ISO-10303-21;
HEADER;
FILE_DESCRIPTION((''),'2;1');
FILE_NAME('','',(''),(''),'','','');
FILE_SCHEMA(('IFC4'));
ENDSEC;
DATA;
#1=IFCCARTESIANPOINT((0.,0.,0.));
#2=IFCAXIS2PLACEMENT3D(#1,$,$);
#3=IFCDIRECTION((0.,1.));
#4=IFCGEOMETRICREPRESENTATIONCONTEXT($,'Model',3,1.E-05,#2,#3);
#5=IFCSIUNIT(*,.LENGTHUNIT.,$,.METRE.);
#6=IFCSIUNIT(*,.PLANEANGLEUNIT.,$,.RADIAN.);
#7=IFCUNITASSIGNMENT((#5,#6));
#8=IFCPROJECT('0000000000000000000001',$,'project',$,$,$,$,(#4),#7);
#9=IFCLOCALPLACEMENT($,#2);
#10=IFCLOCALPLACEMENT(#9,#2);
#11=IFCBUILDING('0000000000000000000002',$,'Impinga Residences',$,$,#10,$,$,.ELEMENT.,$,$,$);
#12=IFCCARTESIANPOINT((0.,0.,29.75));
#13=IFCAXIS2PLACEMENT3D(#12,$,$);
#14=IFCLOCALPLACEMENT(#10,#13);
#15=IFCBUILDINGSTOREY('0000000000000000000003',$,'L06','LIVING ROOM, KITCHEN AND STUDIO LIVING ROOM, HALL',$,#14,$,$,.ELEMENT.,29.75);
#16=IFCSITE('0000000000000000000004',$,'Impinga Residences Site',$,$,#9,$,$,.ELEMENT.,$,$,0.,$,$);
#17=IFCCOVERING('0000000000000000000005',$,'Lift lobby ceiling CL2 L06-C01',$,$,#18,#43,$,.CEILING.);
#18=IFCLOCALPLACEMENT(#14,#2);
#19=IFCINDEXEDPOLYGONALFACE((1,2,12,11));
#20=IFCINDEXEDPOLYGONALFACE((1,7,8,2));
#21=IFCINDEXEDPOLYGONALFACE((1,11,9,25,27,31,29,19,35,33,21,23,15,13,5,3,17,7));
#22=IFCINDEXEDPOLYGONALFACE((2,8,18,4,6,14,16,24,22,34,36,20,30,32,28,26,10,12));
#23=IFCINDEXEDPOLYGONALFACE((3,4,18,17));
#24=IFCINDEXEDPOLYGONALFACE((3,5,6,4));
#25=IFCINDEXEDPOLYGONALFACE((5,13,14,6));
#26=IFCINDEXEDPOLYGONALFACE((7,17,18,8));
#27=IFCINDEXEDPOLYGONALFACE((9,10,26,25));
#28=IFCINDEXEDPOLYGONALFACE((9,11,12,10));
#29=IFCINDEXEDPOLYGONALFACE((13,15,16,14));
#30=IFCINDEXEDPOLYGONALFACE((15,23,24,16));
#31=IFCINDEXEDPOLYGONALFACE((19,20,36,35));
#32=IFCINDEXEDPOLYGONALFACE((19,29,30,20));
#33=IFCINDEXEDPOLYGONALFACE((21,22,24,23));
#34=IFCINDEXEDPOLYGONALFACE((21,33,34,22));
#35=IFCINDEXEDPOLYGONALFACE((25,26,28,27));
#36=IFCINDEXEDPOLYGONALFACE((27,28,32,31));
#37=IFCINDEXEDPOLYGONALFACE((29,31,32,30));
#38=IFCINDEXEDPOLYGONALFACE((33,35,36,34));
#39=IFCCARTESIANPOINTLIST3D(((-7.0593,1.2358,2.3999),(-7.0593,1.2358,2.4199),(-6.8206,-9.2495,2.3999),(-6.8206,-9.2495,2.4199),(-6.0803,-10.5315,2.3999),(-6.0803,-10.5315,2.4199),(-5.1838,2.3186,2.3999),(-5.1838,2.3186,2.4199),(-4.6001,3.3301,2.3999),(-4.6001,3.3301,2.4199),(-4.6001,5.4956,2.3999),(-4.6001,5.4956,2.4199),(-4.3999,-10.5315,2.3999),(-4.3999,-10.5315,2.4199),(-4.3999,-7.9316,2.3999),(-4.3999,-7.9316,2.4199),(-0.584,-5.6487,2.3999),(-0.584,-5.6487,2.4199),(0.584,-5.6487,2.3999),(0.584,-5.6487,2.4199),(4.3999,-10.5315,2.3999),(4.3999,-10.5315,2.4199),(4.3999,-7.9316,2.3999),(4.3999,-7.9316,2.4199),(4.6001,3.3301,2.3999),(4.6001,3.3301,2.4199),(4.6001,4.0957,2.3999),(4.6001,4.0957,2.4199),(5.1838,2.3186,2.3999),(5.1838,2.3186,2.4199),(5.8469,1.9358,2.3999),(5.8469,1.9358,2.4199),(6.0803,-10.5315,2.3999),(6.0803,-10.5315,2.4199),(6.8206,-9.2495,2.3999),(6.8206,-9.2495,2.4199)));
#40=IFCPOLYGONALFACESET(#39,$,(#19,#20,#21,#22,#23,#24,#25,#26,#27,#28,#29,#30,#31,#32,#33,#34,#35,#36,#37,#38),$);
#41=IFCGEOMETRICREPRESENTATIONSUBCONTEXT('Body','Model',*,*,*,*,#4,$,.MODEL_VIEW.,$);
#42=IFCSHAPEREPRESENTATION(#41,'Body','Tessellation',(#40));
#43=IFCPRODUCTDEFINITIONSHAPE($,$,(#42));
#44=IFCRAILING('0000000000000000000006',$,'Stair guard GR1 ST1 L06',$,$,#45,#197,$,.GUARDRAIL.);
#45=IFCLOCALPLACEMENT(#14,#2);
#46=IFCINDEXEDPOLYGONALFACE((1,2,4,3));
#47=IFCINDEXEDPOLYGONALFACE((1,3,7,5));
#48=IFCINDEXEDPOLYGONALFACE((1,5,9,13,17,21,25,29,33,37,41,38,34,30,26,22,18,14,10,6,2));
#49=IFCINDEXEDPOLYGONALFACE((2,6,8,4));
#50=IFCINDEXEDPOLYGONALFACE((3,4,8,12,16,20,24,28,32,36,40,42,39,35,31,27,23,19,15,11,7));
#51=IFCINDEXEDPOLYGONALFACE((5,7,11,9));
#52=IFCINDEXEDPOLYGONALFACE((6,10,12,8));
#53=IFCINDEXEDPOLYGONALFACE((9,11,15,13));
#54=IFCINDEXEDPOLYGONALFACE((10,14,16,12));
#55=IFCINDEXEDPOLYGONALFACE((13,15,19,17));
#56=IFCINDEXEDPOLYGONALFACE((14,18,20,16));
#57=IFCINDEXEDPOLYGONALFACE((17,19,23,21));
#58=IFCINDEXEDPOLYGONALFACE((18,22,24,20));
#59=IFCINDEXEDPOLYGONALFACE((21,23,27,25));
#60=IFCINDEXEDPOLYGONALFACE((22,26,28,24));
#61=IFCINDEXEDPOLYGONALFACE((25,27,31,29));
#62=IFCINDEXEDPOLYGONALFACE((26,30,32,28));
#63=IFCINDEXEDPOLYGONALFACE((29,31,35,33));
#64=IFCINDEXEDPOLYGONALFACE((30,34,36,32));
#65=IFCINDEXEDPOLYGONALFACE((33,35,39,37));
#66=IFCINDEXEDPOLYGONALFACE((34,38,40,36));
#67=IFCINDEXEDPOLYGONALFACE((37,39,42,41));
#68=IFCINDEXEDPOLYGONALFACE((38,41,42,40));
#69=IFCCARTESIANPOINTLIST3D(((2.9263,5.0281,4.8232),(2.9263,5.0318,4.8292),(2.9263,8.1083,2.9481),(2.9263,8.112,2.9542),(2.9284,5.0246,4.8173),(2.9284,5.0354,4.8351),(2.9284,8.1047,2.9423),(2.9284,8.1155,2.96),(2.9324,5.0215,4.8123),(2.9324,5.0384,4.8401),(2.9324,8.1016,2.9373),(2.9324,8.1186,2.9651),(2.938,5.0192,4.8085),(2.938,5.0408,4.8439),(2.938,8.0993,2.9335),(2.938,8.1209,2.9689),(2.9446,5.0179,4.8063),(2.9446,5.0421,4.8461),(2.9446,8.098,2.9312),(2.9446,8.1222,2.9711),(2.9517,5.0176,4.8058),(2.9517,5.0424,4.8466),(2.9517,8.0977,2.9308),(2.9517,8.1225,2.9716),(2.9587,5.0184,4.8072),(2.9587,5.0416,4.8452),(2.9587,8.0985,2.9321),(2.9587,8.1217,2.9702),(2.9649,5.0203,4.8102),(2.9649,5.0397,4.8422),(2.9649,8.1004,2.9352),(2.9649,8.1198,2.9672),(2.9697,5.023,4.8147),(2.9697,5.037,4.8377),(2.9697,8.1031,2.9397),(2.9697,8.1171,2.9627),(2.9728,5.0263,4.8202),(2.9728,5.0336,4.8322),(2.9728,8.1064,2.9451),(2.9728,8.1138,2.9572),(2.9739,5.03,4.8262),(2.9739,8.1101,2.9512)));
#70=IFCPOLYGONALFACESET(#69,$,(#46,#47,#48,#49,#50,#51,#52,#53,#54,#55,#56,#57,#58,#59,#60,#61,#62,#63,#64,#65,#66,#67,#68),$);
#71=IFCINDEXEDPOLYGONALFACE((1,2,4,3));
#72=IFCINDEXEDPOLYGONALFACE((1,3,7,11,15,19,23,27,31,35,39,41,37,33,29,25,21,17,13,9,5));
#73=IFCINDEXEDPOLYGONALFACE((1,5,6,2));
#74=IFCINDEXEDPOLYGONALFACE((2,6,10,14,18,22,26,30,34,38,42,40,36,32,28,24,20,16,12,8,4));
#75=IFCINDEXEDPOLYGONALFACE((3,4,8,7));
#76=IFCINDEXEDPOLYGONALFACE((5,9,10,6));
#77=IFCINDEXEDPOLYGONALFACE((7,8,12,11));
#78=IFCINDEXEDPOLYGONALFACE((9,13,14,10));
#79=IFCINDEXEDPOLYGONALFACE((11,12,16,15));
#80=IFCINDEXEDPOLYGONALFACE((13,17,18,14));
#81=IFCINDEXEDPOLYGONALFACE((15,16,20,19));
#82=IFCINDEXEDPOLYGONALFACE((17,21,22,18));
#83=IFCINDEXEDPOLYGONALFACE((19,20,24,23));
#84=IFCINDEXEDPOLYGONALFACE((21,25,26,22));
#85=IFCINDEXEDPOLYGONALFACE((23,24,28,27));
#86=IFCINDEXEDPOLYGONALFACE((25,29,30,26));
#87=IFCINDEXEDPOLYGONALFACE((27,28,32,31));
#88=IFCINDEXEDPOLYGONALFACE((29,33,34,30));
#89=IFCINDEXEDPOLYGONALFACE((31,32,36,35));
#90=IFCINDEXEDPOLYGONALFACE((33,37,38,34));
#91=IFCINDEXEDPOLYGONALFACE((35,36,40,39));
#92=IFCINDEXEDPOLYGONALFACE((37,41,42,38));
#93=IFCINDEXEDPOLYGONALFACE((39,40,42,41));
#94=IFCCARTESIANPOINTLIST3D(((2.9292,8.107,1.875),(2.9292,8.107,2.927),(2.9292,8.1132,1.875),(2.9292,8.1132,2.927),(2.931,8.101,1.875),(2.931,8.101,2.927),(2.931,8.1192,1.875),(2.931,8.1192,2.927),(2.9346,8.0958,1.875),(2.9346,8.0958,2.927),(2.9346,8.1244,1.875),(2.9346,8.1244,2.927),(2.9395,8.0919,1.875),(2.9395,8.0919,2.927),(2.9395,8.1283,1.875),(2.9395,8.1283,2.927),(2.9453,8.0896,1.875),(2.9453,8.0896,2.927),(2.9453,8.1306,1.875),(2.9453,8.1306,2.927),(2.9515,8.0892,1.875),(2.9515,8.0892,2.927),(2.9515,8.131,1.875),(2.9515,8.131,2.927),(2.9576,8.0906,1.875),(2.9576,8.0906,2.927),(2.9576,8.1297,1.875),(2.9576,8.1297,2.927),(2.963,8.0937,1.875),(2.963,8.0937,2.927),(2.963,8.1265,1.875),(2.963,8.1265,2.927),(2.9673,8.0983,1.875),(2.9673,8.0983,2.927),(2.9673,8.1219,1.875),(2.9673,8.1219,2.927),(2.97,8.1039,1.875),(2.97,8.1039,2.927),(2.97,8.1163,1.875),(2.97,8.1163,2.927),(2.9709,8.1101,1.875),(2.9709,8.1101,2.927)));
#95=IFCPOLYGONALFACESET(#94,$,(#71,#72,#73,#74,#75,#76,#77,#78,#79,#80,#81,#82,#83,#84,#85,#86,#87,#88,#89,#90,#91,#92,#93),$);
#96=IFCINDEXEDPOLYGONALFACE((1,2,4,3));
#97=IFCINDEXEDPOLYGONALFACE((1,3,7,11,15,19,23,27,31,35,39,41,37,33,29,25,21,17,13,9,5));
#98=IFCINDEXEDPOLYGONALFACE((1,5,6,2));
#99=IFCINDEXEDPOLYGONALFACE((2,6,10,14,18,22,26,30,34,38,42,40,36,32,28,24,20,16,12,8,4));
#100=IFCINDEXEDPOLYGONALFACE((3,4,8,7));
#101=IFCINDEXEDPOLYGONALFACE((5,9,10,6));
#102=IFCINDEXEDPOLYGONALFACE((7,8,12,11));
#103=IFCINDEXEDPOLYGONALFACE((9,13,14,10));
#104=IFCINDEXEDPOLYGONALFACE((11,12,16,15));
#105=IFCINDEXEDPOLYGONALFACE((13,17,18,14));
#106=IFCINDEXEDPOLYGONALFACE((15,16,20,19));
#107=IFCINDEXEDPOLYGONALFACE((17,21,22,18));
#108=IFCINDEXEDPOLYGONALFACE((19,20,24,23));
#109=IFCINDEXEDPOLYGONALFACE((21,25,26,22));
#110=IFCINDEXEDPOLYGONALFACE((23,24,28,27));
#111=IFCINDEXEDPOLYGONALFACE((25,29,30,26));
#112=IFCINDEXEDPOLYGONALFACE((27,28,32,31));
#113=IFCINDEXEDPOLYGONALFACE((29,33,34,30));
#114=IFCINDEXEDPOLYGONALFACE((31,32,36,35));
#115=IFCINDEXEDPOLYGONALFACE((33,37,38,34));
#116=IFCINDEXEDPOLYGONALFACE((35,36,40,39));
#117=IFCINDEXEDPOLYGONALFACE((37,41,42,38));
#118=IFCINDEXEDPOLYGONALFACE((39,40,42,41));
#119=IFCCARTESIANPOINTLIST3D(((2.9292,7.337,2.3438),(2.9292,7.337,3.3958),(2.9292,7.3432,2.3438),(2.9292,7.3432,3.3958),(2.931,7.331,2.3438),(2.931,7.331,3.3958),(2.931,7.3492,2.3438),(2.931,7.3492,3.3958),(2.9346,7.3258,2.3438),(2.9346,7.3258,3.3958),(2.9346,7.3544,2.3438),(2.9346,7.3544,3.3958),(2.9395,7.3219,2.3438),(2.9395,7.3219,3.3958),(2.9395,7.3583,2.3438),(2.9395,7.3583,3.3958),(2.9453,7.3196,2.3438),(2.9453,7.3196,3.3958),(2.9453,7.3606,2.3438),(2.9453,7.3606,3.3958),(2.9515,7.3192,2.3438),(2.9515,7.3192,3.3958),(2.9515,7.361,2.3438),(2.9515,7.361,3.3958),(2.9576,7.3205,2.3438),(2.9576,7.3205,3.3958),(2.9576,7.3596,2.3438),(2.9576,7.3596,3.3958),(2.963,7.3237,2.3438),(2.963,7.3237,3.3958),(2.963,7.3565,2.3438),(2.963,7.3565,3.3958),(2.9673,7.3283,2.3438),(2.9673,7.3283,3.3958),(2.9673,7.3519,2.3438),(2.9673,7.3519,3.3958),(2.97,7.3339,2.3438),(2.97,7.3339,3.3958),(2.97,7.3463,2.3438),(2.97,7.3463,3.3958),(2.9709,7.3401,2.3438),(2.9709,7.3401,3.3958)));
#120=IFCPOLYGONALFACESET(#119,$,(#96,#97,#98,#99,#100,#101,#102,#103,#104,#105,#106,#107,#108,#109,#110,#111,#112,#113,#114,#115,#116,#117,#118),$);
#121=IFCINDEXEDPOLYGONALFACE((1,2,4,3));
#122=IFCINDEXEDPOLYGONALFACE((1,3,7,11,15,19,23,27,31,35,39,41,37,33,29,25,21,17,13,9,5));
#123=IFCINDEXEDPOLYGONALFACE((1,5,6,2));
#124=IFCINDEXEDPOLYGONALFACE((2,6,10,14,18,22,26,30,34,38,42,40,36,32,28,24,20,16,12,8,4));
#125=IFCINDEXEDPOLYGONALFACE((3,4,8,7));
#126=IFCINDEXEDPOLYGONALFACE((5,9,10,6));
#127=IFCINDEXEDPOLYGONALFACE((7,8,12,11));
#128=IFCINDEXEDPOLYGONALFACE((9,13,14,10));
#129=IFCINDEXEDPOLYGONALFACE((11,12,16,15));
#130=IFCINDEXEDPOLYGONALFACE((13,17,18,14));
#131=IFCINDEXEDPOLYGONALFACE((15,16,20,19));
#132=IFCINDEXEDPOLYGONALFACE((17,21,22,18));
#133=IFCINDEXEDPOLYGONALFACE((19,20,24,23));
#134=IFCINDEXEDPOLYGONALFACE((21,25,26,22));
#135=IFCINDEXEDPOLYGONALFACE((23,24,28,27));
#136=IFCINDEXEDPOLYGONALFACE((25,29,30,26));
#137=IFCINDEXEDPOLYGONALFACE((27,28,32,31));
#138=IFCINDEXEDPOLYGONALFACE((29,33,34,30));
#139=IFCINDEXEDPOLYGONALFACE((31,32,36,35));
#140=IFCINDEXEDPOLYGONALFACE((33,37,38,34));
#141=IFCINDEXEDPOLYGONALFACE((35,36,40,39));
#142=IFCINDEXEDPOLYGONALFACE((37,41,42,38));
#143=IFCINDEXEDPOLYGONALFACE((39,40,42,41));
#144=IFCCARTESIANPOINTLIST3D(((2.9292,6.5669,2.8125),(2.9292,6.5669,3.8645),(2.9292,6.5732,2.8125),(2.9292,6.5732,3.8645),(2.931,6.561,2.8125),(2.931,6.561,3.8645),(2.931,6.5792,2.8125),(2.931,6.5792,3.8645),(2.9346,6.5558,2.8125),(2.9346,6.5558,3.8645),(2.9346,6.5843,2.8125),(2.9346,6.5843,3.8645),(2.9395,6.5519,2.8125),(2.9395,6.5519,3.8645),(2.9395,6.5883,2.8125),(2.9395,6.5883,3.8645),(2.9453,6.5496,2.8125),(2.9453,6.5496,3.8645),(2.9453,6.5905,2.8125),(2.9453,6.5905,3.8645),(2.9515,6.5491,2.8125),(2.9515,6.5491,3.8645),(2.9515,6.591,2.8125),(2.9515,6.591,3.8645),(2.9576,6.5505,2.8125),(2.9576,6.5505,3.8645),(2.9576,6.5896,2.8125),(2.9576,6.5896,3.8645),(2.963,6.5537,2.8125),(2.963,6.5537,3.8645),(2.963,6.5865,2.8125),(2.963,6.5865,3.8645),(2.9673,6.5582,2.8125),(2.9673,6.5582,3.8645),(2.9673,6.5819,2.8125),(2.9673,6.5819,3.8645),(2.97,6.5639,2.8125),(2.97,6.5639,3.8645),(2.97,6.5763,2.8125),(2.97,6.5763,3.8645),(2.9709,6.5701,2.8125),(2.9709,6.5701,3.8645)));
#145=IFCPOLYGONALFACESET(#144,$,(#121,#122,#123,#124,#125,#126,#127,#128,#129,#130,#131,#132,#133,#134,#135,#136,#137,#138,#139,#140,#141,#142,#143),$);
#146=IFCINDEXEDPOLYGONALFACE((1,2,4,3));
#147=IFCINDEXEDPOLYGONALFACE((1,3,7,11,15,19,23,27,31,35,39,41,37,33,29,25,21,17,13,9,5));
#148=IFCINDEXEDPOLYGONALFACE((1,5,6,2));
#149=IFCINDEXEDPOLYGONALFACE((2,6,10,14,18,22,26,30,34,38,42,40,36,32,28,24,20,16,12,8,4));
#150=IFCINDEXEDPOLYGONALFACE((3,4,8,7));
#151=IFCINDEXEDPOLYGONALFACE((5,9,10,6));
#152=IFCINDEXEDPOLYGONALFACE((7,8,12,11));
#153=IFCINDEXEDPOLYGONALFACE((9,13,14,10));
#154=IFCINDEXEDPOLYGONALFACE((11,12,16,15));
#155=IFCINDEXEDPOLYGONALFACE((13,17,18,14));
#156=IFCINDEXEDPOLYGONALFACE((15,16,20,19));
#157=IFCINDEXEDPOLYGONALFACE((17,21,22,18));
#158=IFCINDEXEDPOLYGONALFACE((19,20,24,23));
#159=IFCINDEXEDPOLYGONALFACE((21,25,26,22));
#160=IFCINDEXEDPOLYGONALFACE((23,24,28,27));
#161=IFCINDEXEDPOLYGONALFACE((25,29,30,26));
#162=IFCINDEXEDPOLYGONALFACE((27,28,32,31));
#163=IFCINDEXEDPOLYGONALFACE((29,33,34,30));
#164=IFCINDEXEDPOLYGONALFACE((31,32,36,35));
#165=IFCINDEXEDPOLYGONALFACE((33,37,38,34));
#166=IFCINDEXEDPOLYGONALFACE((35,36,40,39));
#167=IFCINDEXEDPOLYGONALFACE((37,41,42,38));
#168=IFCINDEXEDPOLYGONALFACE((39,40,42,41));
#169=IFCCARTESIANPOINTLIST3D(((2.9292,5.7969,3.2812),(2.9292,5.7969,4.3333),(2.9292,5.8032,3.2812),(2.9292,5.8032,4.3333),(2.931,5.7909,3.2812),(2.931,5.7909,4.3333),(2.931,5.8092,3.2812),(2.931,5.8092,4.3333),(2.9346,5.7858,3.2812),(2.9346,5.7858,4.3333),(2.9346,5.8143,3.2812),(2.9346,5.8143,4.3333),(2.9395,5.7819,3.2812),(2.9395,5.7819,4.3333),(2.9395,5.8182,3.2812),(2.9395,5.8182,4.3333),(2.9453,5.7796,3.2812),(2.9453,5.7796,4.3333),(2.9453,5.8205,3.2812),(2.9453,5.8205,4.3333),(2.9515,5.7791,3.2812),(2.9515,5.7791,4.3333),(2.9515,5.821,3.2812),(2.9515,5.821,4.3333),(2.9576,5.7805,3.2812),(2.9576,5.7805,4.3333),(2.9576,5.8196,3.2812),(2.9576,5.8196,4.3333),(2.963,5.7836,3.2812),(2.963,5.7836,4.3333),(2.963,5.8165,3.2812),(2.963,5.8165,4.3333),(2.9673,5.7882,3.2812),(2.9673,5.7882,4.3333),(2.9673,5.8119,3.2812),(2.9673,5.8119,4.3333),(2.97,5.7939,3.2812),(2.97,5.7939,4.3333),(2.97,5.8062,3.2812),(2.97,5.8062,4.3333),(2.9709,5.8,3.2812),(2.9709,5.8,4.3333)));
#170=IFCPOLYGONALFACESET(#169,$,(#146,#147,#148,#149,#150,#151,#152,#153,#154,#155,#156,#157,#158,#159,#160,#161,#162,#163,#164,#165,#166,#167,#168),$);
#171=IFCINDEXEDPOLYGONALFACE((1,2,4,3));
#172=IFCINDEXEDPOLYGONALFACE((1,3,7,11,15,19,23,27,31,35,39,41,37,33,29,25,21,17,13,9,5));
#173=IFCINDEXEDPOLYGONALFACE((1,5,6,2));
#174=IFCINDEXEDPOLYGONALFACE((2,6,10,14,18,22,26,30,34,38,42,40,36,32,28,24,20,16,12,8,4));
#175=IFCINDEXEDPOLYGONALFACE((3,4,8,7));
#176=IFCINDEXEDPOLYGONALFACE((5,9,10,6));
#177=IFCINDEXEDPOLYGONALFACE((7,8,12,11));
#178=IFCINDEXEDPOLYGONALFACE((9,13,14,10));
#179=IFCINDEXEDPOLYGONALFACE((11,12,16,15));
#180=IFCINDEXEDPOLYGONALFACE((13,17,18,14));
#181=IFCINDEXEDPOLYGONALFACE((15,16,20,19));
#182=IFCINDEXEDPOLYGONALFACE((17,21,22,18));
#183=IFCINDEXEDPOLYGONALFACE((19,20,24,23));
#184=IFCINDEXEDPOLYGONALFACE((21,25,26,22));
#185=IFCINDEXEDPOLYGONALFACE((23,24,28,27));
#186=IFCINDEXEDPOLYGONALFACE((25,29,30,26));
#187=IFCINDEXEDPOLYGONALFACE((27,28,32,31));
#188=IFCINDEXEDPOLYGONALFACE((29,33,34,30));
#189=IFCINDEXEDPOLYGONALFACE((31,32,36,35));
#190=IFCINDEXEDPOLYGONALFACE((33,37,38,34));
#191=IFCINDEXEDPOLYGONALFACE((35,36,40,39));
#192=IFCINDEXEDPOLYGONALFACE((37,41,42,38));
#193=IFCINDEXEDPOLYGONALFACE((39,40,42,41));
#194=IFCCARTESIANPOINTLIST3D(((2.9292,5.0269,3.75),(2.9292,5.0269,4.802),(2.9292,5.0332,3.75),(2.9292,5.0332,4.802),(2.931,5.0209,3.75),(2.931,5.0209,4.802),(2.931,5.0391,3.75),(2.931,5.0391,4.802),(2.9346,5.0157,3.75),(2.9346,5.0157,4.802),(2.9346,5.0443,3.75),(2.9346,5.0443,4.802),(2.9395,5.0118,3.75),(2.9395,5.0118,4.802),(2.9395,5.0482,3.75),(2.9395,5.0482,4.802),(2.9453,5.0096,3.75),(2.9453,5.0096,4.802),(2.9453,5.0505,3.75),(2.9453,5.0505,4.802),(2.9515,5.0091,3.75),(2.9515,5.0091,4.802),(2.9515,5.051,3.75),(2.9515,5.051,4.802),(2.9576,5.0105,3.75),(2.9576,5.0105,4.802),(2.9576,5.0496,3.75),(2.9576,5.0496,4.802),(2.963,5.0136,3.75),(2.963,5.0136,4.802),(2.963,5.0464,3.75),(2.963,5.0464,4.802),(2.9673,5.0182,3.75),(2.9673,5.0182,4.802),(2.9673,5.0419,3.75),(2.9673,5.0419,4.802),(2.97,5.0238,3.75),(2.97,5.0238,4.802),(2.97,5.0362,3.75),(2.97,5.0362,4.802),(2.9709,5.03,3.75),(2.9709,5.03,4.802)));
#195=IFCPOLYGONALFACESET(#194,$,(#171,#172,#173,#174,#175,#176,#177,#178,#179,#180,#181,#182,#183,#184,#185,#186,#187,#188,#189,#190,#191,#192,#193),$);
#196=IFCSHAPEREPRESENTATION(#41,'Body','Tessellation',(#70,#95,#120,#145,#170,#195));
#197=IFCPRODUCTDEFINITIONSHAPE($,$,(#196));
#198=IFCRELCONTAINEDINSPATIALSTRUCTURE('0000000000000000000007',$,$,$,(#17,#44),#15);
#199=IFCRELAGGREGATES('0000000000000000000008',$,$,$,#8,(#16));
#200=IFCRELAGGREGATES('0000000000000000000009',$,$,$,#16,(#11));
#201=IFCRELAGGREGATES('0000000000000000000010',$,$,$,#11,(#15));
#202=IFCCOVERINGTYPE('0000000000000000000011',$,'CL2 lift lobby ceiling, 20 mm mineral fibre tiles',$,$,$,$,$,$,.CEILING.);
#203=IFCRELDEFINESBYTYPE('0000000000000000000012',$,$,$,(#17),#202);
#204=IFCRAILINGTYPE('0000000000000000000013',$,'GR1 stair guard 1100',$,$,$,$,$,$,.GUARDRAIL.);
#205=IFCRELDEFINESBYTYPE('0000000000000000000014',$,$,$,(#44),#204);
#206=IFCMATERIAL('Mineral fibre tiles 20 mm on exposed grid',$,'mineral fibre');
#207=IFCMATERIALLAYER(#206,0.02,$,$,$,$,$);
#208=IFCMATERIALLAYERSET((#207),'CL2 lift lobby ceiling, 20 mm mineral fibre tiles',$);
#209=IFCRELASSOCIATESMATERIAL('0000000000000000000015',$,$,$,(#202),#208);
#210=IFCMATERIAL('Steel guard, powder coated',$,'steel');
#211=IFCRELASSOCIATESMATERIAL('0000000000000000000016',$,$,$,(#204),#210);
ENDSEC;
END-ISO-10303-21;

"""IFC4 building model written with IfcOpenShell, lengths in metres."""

from ifc_helpers import new_model, si_unit, direction, frame, origin, origin_2d, place, context, subcontext, project, spatial, polyline, circle, outline, extrude, material, layer, layer_set, type_object, element, save


model = new_model("IFC4")

# Units and contexts
model_context = context("Model", 3, precision=1e-05, world=origin(), true_north=direction((0.0, 1.0)))
body_context = subcontext(model_context, "Body", "Model", "MODEL_VIEW")
ifc_project = project(units=[si_unit("LENGTHUNIT", "METRE"), si_unit("PLANEANGLEUNIT", "RADIAN")], contexts=[model_context])

# Site, building, storey
site_placement = place(None, origin())
site = spatial("IfcSite", under=ifc_project, at=site_placement, Name="Impinga Residences Site", CompositionType="ELEMENT", RefElevation=0.0)
building_placement = place(site_placement, origin())
building = spatial("IfcBuilding", under=site, at=building_placement, Name="Impinga Residences", CompositionType="ELEMENT")
storey_placement = place(building_placement, frame((0.0, 0.0, 29.75)))
storey = spatial("IfcBuildingStorey", under=building, at=storey_placement, Name="L06", Description="LIVING ROOM, KITCHEN AND STUDIO LIVING ROOM, HALL", CompositionType="ELEMENT", Elevation=29.75)

# Covering
ifc_material_1 = material(Name="Mineral fibre tiles 20 mm on exposed grid", Category="mineral fibre")
ifc_layer_1 = layer(ifc_material_1, 0.02)
ifc_layer_set_1 = layer_set([ifc_layer_1], Name="CL2 lift lobby ceiling, 20 mm mineral fibre tiles")
covering_type_1 = type_object("IfcCoveringType", Name="CL2 lift lobby ceiling, 20 mm mineral fibre tiles", PredefinedType="CEILING", material=ifc_layer_set_1)
covering_1_placement = place(storey_placement, frame((0.0, 0.0, 2.3999)))
element("IfcCovering", 1, at=covering_1_placement, inside=storey, type_object=covering_type_1, Name="Lift lobby ceiling CL2 L06-C01", PredefinedType="CEILING", context=body_context, shape_type="SweptSolid", body=[
    extrude(outline(polyline([(6.0803, -10.5315), (4.3999, -10.5315), (4.3999, -7.9316), (-4.3999, -7.9316), (-4.3999, -10.5315), (-6.0803, -10.5315), (-6.8206, -9.2495), (-0.584, -5.6487), (-5.1838, 2.3186), (-7.0593, 1.2358), (-4.6001, 5.4956), (-4.6001, 3.3301), (4.6001, 3.3301), (4.6001, 4.0957), (5.8469, 1.9358), (5.1838, 2.3186), (0.584, -5.6487), (6.8206, -9.2495), (6.0803, -10.5315)])), origin(), (0.0, 0.0, 1.0), 0.02),
])

# Railing
ifc_material_2 = material(Name="Steel guard, powder coated", Category="steel")
railing_type_1 = type_object("IfcRailingType", Name="GR1 stair guard 1100", PredefinedType="GUARDRAIL", material=ifc_material_2)
railing_1_placement = place(storey_placement, frame((2.95, 8.1101, 1.875)))
element("IfcRailing", 2, at=railing_1_placement, inside=storey, type_object=railing_type_1, Name="Stair guard GR1 ST1 L06", PredefinedType="GUARDRAIL", context=body_context, shape_type="SweptSolid", body=[
    extrude(circle(Radius=0.0239, at=origin_2d()), frame((0.0, 0.0, 1.0762), z_axis=(0.0, -0.854178, 0.519981), x_axis=(1.0, 0.0, 0.0)), (0.0, 0.0, 1.0), 3.606),
    extrude(circle(Radius=0.021, at=origin_2d()), origin(), (0.0, 0.0, 1.0), 1.052),
    extrude(circle(Radius=0.021, at=origin_2d()), frame((0.0, -0.77, 0.4688)), (0.0, 0.0, 1.0), 1.052),
    extrude(circle(Radius=0.021, at=origin_2d()), frame((0.0, -1.54, 0.9375)), (0.0, 0.0, 1.0), 1.052),
    extrude(circle(Radius=0.021, at=origin_2d()), frame((0.0, -2.3101, 1.4062)), (0.0, 0.0, 1.0), 1.052),
    extrude(circle(Radius=0.021, at=origin_2d()), frame((0.0, -3.0801, 1.875)), (0.0, 0.0, 1.0), 1.052),
])

save(model, "model.ifc")
